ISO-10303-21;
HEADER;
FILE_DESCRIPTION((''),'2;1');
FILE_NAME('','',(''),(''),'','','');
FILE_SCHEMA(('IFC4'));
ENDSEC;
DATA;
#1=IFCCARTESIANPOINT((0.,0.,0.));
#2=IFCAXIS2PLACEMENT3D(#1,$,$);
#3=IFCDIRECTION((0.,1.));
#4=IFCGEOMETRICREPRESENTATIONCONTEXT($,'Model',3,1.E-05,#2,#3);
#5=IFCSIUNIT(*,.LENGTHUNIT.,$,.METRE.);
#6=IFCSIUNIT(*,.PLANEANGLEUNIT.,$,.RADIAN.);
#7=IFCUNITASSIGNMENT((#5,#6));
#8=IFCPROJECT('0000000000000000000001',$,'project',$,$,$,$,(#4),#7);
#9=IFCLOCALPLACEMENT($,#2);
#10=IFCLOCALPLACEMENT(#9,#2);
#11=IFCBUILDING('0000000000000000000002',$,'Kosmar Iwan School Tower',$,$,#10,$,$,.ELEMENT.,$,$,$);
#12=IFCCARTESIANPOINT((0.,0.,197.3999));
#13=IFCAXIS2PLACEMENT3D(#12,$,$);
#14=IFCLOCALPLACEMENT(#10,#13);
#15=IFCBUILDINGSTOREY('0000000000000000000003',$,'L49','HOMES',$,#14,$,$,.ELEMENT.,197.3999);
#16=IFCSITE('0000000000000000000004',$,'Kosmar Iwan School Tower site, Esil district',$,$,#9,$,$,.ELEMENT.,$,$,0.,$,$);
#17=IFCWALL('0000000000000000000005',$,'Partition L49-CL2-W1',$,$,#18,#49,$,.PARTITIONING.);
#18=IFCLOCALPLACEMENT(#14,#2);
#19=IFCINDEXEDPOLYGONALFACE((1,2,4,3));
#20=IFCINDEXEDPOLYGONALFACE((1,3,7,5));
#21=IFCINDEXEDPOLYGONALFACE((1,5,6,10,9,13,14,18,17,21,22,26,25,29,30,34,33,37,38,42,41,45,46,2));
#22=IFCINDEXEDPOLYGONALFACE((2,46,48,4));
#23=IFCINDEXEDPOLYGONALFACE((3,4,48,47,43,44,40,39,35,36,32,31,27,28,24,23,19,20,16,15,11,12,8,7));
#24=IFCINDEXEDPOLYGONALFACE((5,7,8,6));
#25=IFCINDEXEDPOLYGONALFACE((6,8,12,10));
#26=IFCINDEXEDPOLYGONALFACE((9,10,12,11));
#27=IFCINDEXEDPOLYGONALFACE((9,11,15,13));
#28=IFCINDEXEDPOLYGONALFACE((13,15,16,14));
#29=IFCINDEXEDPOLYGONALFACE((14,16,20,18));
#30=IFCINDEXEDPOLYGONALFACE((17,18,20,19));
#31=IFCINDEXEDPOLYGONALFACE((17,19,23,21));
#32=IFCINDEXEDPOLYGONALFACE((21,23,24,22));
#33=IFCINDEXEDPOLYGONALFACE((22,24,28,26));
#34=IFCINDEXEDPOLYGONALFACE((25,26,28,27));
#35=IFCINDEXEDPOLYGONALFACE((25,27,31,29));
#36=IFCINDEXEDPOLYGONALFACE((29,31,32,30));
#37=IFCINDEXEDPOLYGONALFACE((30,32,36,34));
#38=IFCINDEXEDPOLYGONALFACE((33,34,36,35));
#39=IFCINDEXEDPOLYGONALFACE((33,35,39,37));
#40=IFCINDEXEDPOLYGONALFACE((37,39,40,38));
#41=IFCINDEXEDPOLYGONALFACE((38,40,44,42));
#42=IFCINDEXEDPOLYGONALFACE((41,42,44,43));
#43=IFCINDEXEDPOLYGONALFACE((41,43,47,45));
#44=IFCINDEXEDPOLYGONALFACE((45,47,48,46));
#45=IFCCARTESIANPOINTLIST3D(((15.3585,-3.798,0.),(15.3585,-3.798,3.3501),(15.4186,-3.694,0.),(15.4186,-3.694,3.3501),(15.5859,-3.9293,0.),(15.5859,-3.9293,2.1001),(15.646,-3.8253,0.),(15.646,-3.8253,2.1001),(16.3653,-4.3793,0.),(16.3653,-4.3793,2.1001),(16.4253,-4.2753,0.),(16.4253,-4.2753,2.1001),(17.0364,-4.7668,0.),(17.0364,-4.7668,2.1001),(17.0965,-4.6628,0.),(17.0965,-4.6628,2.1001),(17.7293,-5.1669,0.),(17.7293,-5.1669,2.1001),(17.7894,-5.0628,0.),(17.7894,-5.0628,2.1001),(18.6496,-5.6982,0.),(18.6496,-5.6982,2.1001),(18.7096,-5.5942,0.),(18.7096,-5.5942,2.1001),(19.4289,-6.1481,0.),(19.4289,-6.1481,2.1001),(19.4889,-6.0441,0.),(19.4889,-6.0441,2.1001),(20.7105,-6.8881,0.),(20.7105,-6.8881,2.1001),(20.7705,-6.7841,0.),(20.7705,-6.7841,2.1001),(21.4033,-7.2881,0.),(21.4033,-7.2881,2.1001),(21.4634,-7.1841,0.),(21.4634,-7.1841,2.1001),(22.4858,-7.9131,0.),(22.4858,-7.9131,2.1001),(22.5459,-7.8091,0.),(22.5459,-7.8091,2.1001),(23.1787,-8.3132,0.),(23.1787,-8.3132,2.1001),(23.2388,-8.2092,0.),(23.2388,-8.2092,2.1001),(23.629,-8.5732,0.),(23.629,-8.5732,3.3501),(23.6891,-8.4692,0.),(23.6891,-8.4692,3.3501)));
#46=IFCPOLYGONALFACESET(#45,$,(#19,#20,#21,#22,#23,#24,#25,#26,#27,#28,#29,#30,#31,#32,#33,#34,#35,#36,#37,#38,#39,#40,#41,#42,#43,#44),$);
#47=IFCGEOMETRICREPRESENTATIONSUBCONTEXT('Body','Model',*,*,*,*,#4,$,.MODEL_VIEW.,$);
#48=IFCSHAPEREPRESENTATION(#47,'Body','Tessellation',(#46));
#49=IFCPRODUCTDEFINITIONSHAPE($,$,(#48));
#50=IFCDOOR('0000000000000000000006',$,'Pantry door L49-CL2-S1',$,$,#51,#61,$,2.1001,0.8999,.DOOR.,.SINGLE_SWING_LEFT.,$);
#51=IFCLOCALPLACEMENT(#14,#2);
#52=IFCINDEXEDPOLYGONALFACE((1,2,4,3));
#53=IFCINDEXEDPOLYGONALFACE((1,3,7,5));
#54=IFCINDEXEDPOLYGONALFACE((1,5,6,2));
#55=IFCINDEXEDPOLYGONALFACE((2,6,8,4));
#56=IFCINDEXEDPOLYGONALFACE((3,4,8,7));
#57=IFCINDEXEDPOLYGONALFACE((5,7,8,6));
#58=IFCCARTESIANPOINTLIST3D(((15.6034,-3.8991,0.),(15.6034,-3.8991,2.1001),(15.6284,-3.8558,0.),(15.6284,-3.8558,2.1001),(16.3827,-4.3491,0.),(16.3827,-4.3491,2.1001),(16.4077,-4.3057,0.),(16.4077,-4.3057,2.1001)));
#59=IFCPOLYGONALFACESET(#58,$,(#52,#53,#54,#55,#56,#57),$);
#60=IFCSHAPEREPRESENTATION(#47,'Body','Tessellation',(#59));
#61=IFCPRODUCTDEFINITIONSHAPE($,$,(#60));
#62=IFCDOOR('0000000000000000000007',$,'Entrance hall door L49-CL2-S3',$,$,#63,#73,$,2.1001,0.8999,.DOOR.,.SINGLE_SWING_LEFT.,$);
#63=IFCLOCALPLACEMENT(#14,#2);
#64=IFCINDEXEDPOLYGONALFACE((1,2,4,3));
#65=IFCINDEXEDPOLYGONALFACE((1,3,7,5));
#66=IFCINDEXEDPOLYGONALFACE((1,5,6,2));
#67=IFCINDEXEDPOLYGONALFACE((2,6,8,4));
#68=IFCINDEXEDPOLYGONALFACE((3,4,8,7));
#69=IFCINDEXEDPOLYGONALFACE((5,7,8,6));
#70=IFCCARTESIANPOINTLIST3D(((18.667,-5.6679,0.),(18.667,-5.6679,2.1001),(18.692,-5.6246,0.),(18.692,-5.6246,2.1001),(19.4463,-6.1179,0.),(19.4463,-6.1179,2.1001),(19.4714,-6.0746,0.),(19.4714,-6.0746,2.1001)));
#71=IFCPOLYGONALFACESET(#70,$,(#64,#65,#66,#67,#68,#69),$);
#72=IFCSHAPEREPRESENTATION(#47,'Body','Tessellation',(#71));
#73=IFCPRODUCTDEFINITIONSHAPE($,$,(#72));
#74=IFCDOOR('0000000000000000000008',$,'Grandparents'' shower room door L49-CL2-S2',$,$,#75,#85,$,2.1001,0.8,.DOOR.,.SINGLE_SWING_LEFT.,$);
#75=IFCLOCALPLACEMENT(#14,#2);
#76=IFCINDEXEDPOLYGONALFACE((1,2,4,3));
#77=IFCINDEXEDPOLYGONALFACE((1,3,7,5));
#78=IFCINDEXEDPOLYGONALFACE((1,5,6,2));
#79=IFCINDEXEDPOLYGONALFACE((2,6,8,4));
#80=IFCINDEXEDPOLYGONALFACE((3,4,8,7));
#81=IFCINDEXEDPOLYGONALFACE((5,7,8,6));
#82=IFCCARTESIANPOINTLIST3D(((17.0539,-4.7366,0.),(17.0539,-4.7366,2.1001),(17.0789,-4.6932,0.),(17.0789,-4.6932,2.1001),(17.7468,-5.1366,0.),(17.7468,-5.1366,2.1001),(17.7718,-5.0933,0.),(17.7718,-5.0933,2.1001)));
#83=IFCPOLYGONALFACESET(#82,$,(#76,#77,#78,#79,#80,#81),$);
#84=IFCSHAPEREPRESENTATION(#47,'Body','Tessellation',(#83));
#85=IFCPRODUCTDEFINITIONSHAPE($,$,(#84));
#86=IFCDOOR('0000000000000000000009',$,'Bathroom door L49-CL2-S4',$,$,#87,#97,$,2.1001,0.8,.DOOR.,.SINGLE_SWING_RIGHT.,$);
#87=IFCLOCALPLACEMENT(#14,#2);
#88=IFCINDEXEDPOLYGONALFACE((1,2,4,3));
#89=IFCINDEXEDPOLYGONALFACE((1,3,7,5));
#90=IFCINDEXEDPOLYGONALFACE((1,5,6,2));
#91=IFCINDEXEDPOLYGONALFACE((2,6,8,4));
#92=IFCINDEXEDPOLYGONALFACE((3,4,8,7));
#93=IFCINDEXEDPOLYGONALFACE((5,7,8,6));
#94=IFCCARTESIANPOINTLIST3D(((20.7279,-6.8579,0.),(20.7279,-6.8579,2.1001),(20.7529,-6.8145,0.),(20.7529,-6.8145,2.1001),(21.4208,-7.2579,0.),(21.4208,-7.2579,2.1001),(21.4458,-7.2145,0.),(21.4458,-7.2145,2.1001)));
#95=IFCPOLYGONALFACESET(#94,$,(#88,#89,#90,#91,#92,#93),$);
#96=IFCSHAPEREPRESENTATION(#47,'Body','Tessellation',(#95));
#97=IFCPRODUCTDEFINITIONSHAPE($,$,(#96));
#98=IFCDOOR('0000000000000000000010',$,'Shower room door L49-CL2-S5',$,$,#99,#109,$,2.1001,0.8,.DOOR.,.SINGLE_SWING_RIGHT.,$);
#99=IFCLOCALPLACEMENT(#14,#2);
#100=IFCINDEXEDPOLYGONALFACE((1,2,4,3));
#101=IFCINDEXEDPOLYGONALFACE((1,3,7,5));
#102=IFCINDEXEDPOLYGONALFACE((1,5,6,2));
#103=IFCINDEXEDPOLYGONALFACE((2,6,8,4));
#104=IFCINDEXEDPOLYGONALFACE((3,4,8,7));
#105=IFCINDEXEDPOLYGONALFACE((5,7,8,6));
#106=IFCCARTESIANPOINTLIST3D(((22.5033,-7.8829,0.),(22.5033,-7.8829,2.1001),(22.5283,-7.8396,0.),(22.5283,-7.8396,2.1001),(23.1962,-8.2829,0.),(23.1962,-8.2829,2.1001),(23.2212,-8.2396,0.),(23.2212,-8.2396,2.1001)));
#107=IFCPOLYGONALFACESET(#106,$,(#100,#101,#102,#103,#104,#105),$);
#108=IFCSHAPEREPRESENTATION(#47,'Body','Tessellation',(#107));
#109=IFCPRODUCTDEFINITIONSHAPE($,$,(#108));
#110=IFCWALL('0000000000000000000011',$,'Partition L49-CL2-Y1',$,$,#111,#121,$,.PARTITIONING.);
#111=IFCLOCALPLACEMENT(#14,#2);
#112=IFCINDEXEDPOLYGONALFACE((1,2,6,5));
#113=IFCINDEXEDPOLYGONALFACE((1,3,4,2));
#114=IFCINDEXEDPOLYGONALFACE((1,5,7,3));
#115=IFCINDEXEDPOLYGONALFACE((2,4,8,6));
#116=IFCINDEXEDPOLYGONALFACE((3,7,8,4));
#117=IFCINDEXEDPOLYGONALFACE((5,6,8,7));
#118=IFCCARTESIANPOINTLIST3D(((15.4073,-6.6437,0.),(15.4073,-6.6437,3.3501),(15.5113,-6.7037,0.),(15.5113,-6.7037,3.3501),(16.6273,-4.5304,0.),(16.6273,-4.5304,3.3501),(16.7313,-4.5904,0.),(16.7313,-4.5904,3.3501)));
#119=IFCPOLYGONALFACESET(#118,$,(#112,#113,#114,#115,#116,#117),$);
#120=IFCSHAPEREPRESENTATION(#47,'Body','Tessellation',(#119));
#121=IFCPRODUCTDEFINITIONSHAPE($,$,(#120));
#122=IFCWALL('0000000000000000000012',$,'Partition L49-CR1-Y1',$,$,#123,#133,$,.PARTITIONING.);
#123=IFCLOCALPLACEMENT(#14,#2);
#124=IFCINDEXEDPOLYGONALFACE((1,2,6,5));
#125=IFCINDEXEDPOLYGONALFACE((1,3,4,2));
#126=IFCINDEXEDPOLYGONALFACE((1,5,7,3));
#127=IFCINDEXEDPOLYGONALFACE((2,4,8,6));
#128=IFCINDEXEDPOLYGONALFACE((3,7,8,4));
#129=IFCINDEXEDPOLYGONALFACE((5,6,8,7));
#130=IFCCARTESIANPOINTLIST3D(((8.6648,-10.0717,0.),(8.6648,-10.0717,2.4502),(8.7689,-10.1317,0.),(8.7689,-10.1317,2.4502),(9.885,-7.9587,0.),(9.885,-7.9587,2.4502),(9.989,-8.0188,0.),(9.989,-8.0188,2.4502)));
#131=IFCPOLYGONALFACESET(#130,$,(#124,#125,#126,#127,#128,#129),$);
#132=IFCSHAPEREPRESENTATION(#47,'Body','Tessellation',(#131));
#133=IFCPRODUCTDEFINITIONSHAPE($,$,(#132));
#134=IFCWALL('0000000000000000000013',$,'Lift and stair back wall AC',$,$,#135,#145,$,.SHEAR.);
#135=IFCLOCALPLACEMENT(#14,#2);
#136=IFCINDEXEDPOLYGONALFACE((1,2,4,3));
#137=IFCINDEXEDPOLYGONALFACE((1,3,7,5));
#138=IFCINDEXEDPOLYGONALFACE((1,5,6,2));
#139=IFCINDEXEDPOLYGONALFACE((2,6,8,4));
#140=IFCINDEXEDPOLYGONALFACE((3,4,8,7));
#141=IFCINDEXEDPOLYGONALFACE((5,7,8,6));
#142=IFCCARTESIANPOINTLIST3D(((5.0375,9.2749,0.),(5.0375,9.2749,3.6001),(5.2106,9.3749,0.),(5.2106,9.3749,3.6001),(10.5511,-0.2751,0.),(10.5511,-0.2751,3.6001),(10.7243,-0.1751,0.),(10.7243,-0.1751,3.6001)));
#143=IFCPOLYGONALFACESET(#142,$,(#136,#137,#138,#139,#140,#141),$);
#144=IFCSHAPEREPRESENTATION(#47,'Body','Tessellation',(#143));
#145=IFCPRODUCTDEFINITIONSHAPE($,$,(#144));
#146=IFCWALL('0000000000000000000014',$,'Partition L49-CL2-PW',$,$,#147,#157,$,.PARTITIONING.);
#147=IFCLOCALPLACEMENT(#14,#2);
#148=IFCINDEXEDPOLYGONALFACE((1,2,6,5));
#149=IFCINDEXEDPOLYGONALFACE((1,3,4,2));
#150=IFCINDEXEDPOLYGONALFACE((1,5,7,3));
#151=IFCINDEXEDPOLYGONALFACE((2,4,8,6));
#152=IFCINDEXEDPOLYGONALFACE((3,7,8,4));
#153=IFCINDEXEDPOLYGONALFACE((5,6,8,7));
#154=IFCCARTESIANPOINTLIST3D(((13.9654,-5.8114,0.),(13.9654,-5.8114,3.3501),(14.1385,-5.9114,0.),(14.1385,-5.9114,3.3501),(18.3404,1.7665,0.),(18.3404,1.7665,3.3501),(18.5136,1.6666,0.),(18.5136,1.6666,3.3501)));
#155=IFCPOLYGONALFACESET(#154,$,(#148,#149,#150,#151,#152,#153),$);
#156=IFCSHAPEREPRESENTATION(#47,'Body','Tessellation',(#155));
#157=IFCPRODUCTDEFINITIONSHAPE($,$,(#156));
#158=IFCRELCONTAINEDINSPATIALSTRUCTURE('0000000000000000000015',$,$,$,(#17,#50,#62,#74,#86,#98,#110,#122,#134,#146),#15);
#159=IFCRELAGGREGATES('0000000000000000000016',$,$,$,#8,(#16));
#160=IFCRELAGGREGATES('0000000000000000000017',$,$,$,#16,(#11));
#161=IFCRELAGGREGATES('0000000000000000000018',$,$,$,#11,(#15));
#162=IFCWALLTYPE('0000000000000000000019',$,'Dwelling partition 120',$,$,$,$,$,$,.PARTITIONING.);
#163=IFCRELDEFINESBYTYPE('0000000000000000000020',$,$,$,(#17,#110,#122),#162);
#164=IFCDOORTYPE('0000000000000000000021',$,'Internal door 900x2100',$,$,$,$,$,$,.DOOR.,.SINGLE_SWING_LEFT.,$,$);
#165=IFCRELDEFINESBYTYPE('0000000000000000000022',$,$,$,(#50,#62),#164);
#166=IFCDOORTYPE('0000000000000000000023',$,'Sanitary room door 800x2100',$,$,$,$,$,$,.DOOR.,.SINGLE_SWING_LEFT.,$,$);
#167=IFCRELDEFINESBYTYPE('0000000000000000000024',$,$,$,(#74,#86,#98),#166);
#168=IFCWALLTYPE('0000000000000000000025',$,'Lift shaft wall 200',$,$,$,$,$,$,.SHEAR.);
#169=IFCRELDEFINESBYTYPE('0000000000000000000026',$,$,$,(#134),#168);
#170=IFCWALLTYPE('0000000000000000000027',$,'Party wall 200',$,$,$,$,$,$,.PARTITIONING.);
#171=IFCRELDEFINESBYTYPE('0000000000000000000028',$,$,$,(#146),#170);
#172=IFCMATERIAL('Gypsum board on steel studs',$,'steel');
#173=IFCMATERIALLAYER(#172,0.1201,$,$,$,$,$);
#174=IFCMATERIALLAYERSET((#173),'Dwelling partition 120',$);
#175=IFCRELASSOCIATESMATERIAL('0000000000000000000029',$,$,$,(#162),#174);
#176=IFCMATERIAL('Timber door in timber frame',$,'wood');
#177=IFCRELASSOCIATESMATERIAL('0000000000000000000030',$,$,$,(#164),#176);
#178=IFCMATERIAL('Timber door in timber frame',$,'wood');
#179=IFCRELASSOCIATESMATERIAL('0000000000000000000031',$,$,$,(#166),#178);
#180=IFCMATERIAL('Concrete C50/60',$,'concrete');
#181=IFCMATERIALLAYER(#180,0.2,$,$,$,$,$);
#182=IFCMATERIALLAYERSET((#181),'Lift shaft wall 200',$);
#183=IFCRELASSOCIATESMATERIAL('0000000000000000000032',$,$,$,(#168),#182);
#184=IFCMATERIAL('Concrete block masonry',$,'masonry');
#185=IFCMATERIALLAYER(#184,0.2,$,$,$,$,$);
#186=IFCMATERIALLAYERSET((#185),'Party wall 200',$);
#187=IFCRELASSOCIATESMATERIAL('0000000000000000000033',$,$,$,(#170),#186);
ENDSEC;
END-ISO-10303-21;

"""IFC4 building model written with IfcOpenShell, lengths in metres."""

from ifc_helpers import new_model, si_unit, direction, frame, frame_2d, origin, place, context, subcontext, project, spatial, rectangle, extrude, material, layer, layer_set, type_object, element, fill, save


model = new_model("IFC4")

# Units and contexts
model_context = context("Model", 3, precision=1e-05, world=origin(), true_north=direction((0.0, 1.0)))
body_context = subcontext(model_context, "Body", "Model", "MODEL_VIEW")
ifc_project = project(units=[si_unit("LENGTHUNIT", "METRE"), si_unit("PLANEANGLEUNIT", "RADIAN")], contexts=[model_context])

# Site, building, storey
site_placement = place(None, origin())
site = spatial("IfcSite", under=ifc_project, at=site_placement, Name="Kosmar Iwan School Tower site, Esil district", CompositionType="ELEMENT", RefElevation=0.0)
building_placement = place(site_placement, origin())
building = spatial("IfcBuilding", under=site, at=building_placement, Name="Kosmar Iwan School Tower", CompositionType="ELEMENT")
storey_placement = place(building_placement, frame((0.0, 0.0, 197.3999)))
storey = spatial("IfcBuildingStorey", under=building, at=storey_placement, Name="L49", Description="HOMES", CompositionType="ELEMENT", Elevation=197.3999)

# Shared definitions
ifc_material_1 = material(Name="Gypsum board on steel studs", Category="steel")
ifc_layer_1 = layer(ifc_material_1, 0.1201)
ifc_layer_set_1 = layer_set([ifc_layer_1], Name="Dwelling partition 120")
wall_type_1 = type_object("IfcWallType", Name="Dwelling partition 120", PredefinedType="PARTITIONING", material=ifc_layer_set_1)
ifc_material_2 = material(Name="Timber door in timber frame", Category="wood")
door_type_1 = type_object("IfcDoorType", Name="Internal door 900x2100", OperationType="SINGLE_SWING_LEFT", PredefinedType="DOOR", material=ifc_material_2)
ifc_material_3 = material(Name="Timber door in timber frame", Category="wood")
door_type_2 = type_object("IfcDoorType", Name="Sanitary room door 800x2100", OperationType="SINGLE_SWING_LEFT", PredefinedType="DOOR", material=ifc_material_3)

# Wall, openings, doors
wall_1_placement = place(storey_placement, frame((15.3887, -3.7461, 0.0), z_axis=(0.0, 0.0, 1.0), x_axis=(0.866018, -0.500013, 0.0)))
wall_1 = element("IfcWall", 1, at=wall_1_placement, inside=storey, type_object=wall_type_1, Name="Partition L49-CL2-W1", PredefinedType="PARTITIONING", context=body_context, shape_type="SweptSolid", body=[
    extrude(rectangle(XDim=9.55, YDim=0.1201, at=frame_2d((4.7749, 0.0))), origin(), (0.0, 0.0, 1.0), 3.3501),
])
opening_1_placement = place(wall_1_placement, frame((0.2625, 0.0, 0.0)))
opening_1 = element("IfcOpeningElement", 2, at=opening_1_placement, cuts=wall_1, PredefinedType="OPENING", context=body_context, shape_type="SweptSolid", body=[
    extrude(rectangle(XDim=0.8999, YDim=2.1001, at=frame_2d((0.45, 1.05))), frame((0.0, 0.072, 0.0), z_axis=(0.0, -1.0, 0.0), x_axis=(1.0, 0.0, 0.0)), (0.0, 0.0, 1.0), 0.144),
])
opening_2_placement = place(wall_1_placement, frame((1.9375, 0.0, 0.0)))
opening_2 = element("IfcOpeningElement", 3, at=opening_2_placement, cuts=wall_1, PredefinedType="OPENING", context=body_context, shape_type="SweptSolid", body=[
    extrude(rectangle(XDim=0.8, YDim=2.1001, at=frame_2d((0.3999, 1.05))), frame((0.0, 0.072, 0.0), z_axis=(0.0, -1.0, 0.0), x_axis=(1.0, 0.0, 0.0)), (0.0, 0.0, 1.0), 0.144),
])
opening_3_placement = place(wall_1_placement, frame((3.8, 0.0, 0.0)))
opening_3 = element("IfcOpeningElement", 4, at=opening_3_placement, cuts=wall_1, PredefinedType="OPENING", context=body_context, shape_type="SweptSolid", body=[
    extrude(rectangle(XDim=0.8999, YDim=2.1001, at=frame_2d((0.45, 1.05))), frame((0.0, 0.072, 0.0), z_axis=(0.0, -1.0, 0.0), x_axis=(1.0, 0.0, 0.0)), (0.0, 0.0, 1.0), 0.144),
])
opening_4_placement = place(wall_1_placement, frame((6.1799, 0.0, 0.0)))
opening_4 = element("IfcOpeningElement", 5, at=opening_4_placement, cuts=wall_1, PredefinedType="OPENING", context=body_context, shape_type="SweptSolid", body=[
    extrude(rectangle(XDim=0.8, YDim=2.1001, at=frame_2d((0.3999, 1.05))), frame((0.0, 0.072, 0.0), z_axis=(0.0, -1.0, 0.0), x_axis=(1.0, 0.0, 0.0)), (0.0, 0.0, 1.0), 0.144),
])
opening_5_placement = place(wall_1_placement, frame((8.23, 0.0, 0.0)))
opening_5 = element("IfcOpeningElement", 6, at=opening_5_placement, cuts=wall_1, PredefinedType="OPENING", context=body_context, shape_type="SweptSolid", body=[
    extrude(rectangle(XDim=0.8, YDim=2.1001, at=frame_2d((0.3999, 1.05))), frame((0.0, 0.072, 0.0), z_axis=(0.0, -1.0, 0.0), x_axis=(1.0, 0.0, 0.0)), (0.0, 0.0, 1.0), 0.144),
])
door_1_placement = place(opening_1_placement, origin())
door_1 = element("IfcDoor", 7, at=door_1_placement, inside=storey, type_object=door_type_1, Name="Pantry door L49-CL2-S1", OperationType="SINGLE_SWING_LEFT", OverallHeight=2.1001, OverallWidth=0.8999, PredefinedType="DOOR", context=body_context, shape_type="SweptSolid", body=[
    extrude(rectangle(XDim=0.8999, YDim=2.1001, at=frame_2d((0.45, 1.05))), frame((0.0, 0.0249, 0.0), z_axis=(0.0, -1.0, 0.0), x_axis=(1.0, 0.0, 0.0)), (0.0, 0.0, 1.0), 0.05),
])
fill(opening_1, door_1)
door_2_placement = place(opening_3_placement, origin())
door_2 = element("IfcDoor", 8, at=door_2_placement, inside=storey, type_object=door_type_1, Name="Entrance hall door L49-CL2-S3", OperationType="SINGLE_SWING_LEFT", OverallHeight=2.1001, OverallWidth=0.8999, PredefinedType="DOOR", context=body_context, shape_type="SweptSolid", body=[
    extrude(rectangle(XDim=0.8999, YDim=2.1001, at=frame_2d((0.45, 1.05))), frame((0.0, 0.0249, 0.0), z_axis=(0.0, -1.0, 0.0), x_axis=(1.0, 0.0, 0.0)), (0.0, 0.0, 1.0), 0.05),
])
fill(opening_3, door_2)
door_3_placement = place(opening_2_placement, origin())
door_3 = element("IfcDoor", 9, at=door_3_placement, inside=storey, type_object=door_type_2, Name="Grandparents' shower room door L49-CL2-S2", OperationType="SINGLE_SWING_LEFT", OverallHeight=2.1001, OverallWidth=0.8, PredefinedType="DOOR", context=body_context, shape_type="SweptSolid", body=[
    extrude(rectangle(XDim=0.8, YDim=2.1001, at=frame_2d((0.3999, 1.05))), frame((0.0, 0.0249, 0.0), z_axis=(0.0, -1.0, 0.0), x_axis=(1.0, 0.0, 0.0)), (0.0, 0.0, 1.0), 0.05),
])
fill(opening_2, door_3)
door_4_placement = place(opening_4_placement, origin())
door_4 = element("IfcDoor", 10, at=door_4_placement, inside=storey, type_object=door_type_2, Name="Bathroom door L49-CL2-S4", OperationType="SINGLE_SWING_RIGHT", OverallHeight=2.1001, OverallWidth=0.8, PredefinedType="DOOR", context=body_context, shape_type="SweptSolid", body=[
    extrude(rectangle(XDim=0.8, YDim=2.1001, at=frame_2d((0.3999, 1.05))), frame((0.0, 0.0249, 0.0), z_axis=(0.0, -1.0, 0.0), x_axis=(1.0, 0.0, 0.0)), (0.0, 0.0, 1.0), 0.05),
])
fill(opening_4, door_4)
door_5_placement = place(opening_5_placement, origin())
door_5 = element("IfcDoor", 11, at=door_5_placement, inside=storey, type_object=door_type_2, Name="Shower room door L49-CL2-S5", OperationType="SINGLE_SWING_RIGHT", OverallHeight=2.1001, OverallWidth=0.8, PredefinedType="DOOR", context=body_context, shape_type="SweptSolid", body=[
    extrude(rectangle(XDim=0.8, YDim=2.1001, at=frame_2d((0.3999, 1.05))), frame((0.0, 0.0249, 0.0), z_axis=(0.0, -1.0, 0.0), x_axis=(1.0, 0.0, 0.0)), (0.0, 0.0, 1.0), 0.05),
])
fill(opening_5, door_5)

# Walls
wall_2_placement = place(storey_placement, frame((15.4592, -6.6738, 0.0), z_axis=(0.0, 0.0, 1.0), x_axis=(0.499959, 0.866049, 0.0)))
element("IfcWall", 12, at=wall_2_placement, inside=storey, type_object=wall_type_1, Name="Partition L49-CL2-Y1", PredefinedType="PARTITIONING", context=body_context, shape_type="SweptSolid", body=[
    extrude(rectangle(XDim=2.4402, YDim=0.1201, at=frame_2d((1.2202, 0.0))), origin(), (0.0, 0.0, 1.0), 3.3501),
])
wall_3_placement = place(storey_placement, frame((9.937, -7.9888, 0.0), z_axis=(0.0, 0.0, 1.0), x_axis=(-0.500078, -0.865981, 0.0)))
element("IfcWall", 13, at=wall_3_placement, inside=storey, type_object=wall_type_1, Name="Partition L49-CR1-Y1", PredefinedType="PARTITIONING", context=body_context, shape_type="SweptSolid", body=[
    extrude(rectangle(XDim=2.4399, YDim=0.1201, at=frame_2d((1.22, 0.0))), origin(), (0.0, 0.0, 1.0), 2.4502),
])
ifc_material_4 = material(Name="Concrete C50/60", Category="concrete")
ifc_layer_2 = layer(ifc_material_4, 0.2)
ifc_layer_set_2 = layer_set([ifc_layer_2], Name="Lift shaft wall 200")
wall_type_2 = type_object("IfcWallType", Name="Lift shaft wall 200", PredefinedType="SHEAR", material=ifc_layer_set_2)
wall_4_placement = place(storey_placement, frame((10.6377, -0.2251, 0.0), z_axis=(0.0, 0.0, 1.0), x_axis=(-0.499997, 0.866027, 0.0)))
element("IfcWall", 14, at=wall_4_placement, inside=storey, type_object=wall_type_2, Name="Lift and stair back wall AC", PredefinedType="SHEAR", context=body_context, shape_type="SweptSolid", body=[
    extrude(rectangle(XDim=11.0273, YDim=0.2, at=frame_2d((5.5137, 0.0))), origin(), (0.0, 0.0, 1.0), 3.6001),
])
ifc_material_5 = material(Name="Concrete block masonry", Category="masonry")
ifc_layer_3 = layer(ifc_material_5, 0.2)
ifc_layer_set_3 = layer_set([ifc_layer_3], Name="Party wall 200")
wall_type_3 = type_object("IfcWallType", Name="Party wall 200", PredefinedType="PARTITIONING", material=ifc_layer_set_3)
wall_5_placement = place(storey_placement, frame((14.052, -5.8613, 0.0), z_axis=(0.0, 0.0, 1.0), x_axis=(0.499992, 0.86603, 0.0)))
element("IfcWall", 15, at=wall_5_placement, inside=storey, type_object=wall_type_3, Name="Partition L49-CL2-PW", PredefinedType="PARTITIONING", context=body_context, shape_type="SweptSolid", body=[
    extrude(rectangle(XDim=8.7502, YDim=0.2, at=frame_2d((4.375, 0.0))), origin(), (0.0, 0.0, 1.0), 3.3501),
])

save(model, "model.ifc")
